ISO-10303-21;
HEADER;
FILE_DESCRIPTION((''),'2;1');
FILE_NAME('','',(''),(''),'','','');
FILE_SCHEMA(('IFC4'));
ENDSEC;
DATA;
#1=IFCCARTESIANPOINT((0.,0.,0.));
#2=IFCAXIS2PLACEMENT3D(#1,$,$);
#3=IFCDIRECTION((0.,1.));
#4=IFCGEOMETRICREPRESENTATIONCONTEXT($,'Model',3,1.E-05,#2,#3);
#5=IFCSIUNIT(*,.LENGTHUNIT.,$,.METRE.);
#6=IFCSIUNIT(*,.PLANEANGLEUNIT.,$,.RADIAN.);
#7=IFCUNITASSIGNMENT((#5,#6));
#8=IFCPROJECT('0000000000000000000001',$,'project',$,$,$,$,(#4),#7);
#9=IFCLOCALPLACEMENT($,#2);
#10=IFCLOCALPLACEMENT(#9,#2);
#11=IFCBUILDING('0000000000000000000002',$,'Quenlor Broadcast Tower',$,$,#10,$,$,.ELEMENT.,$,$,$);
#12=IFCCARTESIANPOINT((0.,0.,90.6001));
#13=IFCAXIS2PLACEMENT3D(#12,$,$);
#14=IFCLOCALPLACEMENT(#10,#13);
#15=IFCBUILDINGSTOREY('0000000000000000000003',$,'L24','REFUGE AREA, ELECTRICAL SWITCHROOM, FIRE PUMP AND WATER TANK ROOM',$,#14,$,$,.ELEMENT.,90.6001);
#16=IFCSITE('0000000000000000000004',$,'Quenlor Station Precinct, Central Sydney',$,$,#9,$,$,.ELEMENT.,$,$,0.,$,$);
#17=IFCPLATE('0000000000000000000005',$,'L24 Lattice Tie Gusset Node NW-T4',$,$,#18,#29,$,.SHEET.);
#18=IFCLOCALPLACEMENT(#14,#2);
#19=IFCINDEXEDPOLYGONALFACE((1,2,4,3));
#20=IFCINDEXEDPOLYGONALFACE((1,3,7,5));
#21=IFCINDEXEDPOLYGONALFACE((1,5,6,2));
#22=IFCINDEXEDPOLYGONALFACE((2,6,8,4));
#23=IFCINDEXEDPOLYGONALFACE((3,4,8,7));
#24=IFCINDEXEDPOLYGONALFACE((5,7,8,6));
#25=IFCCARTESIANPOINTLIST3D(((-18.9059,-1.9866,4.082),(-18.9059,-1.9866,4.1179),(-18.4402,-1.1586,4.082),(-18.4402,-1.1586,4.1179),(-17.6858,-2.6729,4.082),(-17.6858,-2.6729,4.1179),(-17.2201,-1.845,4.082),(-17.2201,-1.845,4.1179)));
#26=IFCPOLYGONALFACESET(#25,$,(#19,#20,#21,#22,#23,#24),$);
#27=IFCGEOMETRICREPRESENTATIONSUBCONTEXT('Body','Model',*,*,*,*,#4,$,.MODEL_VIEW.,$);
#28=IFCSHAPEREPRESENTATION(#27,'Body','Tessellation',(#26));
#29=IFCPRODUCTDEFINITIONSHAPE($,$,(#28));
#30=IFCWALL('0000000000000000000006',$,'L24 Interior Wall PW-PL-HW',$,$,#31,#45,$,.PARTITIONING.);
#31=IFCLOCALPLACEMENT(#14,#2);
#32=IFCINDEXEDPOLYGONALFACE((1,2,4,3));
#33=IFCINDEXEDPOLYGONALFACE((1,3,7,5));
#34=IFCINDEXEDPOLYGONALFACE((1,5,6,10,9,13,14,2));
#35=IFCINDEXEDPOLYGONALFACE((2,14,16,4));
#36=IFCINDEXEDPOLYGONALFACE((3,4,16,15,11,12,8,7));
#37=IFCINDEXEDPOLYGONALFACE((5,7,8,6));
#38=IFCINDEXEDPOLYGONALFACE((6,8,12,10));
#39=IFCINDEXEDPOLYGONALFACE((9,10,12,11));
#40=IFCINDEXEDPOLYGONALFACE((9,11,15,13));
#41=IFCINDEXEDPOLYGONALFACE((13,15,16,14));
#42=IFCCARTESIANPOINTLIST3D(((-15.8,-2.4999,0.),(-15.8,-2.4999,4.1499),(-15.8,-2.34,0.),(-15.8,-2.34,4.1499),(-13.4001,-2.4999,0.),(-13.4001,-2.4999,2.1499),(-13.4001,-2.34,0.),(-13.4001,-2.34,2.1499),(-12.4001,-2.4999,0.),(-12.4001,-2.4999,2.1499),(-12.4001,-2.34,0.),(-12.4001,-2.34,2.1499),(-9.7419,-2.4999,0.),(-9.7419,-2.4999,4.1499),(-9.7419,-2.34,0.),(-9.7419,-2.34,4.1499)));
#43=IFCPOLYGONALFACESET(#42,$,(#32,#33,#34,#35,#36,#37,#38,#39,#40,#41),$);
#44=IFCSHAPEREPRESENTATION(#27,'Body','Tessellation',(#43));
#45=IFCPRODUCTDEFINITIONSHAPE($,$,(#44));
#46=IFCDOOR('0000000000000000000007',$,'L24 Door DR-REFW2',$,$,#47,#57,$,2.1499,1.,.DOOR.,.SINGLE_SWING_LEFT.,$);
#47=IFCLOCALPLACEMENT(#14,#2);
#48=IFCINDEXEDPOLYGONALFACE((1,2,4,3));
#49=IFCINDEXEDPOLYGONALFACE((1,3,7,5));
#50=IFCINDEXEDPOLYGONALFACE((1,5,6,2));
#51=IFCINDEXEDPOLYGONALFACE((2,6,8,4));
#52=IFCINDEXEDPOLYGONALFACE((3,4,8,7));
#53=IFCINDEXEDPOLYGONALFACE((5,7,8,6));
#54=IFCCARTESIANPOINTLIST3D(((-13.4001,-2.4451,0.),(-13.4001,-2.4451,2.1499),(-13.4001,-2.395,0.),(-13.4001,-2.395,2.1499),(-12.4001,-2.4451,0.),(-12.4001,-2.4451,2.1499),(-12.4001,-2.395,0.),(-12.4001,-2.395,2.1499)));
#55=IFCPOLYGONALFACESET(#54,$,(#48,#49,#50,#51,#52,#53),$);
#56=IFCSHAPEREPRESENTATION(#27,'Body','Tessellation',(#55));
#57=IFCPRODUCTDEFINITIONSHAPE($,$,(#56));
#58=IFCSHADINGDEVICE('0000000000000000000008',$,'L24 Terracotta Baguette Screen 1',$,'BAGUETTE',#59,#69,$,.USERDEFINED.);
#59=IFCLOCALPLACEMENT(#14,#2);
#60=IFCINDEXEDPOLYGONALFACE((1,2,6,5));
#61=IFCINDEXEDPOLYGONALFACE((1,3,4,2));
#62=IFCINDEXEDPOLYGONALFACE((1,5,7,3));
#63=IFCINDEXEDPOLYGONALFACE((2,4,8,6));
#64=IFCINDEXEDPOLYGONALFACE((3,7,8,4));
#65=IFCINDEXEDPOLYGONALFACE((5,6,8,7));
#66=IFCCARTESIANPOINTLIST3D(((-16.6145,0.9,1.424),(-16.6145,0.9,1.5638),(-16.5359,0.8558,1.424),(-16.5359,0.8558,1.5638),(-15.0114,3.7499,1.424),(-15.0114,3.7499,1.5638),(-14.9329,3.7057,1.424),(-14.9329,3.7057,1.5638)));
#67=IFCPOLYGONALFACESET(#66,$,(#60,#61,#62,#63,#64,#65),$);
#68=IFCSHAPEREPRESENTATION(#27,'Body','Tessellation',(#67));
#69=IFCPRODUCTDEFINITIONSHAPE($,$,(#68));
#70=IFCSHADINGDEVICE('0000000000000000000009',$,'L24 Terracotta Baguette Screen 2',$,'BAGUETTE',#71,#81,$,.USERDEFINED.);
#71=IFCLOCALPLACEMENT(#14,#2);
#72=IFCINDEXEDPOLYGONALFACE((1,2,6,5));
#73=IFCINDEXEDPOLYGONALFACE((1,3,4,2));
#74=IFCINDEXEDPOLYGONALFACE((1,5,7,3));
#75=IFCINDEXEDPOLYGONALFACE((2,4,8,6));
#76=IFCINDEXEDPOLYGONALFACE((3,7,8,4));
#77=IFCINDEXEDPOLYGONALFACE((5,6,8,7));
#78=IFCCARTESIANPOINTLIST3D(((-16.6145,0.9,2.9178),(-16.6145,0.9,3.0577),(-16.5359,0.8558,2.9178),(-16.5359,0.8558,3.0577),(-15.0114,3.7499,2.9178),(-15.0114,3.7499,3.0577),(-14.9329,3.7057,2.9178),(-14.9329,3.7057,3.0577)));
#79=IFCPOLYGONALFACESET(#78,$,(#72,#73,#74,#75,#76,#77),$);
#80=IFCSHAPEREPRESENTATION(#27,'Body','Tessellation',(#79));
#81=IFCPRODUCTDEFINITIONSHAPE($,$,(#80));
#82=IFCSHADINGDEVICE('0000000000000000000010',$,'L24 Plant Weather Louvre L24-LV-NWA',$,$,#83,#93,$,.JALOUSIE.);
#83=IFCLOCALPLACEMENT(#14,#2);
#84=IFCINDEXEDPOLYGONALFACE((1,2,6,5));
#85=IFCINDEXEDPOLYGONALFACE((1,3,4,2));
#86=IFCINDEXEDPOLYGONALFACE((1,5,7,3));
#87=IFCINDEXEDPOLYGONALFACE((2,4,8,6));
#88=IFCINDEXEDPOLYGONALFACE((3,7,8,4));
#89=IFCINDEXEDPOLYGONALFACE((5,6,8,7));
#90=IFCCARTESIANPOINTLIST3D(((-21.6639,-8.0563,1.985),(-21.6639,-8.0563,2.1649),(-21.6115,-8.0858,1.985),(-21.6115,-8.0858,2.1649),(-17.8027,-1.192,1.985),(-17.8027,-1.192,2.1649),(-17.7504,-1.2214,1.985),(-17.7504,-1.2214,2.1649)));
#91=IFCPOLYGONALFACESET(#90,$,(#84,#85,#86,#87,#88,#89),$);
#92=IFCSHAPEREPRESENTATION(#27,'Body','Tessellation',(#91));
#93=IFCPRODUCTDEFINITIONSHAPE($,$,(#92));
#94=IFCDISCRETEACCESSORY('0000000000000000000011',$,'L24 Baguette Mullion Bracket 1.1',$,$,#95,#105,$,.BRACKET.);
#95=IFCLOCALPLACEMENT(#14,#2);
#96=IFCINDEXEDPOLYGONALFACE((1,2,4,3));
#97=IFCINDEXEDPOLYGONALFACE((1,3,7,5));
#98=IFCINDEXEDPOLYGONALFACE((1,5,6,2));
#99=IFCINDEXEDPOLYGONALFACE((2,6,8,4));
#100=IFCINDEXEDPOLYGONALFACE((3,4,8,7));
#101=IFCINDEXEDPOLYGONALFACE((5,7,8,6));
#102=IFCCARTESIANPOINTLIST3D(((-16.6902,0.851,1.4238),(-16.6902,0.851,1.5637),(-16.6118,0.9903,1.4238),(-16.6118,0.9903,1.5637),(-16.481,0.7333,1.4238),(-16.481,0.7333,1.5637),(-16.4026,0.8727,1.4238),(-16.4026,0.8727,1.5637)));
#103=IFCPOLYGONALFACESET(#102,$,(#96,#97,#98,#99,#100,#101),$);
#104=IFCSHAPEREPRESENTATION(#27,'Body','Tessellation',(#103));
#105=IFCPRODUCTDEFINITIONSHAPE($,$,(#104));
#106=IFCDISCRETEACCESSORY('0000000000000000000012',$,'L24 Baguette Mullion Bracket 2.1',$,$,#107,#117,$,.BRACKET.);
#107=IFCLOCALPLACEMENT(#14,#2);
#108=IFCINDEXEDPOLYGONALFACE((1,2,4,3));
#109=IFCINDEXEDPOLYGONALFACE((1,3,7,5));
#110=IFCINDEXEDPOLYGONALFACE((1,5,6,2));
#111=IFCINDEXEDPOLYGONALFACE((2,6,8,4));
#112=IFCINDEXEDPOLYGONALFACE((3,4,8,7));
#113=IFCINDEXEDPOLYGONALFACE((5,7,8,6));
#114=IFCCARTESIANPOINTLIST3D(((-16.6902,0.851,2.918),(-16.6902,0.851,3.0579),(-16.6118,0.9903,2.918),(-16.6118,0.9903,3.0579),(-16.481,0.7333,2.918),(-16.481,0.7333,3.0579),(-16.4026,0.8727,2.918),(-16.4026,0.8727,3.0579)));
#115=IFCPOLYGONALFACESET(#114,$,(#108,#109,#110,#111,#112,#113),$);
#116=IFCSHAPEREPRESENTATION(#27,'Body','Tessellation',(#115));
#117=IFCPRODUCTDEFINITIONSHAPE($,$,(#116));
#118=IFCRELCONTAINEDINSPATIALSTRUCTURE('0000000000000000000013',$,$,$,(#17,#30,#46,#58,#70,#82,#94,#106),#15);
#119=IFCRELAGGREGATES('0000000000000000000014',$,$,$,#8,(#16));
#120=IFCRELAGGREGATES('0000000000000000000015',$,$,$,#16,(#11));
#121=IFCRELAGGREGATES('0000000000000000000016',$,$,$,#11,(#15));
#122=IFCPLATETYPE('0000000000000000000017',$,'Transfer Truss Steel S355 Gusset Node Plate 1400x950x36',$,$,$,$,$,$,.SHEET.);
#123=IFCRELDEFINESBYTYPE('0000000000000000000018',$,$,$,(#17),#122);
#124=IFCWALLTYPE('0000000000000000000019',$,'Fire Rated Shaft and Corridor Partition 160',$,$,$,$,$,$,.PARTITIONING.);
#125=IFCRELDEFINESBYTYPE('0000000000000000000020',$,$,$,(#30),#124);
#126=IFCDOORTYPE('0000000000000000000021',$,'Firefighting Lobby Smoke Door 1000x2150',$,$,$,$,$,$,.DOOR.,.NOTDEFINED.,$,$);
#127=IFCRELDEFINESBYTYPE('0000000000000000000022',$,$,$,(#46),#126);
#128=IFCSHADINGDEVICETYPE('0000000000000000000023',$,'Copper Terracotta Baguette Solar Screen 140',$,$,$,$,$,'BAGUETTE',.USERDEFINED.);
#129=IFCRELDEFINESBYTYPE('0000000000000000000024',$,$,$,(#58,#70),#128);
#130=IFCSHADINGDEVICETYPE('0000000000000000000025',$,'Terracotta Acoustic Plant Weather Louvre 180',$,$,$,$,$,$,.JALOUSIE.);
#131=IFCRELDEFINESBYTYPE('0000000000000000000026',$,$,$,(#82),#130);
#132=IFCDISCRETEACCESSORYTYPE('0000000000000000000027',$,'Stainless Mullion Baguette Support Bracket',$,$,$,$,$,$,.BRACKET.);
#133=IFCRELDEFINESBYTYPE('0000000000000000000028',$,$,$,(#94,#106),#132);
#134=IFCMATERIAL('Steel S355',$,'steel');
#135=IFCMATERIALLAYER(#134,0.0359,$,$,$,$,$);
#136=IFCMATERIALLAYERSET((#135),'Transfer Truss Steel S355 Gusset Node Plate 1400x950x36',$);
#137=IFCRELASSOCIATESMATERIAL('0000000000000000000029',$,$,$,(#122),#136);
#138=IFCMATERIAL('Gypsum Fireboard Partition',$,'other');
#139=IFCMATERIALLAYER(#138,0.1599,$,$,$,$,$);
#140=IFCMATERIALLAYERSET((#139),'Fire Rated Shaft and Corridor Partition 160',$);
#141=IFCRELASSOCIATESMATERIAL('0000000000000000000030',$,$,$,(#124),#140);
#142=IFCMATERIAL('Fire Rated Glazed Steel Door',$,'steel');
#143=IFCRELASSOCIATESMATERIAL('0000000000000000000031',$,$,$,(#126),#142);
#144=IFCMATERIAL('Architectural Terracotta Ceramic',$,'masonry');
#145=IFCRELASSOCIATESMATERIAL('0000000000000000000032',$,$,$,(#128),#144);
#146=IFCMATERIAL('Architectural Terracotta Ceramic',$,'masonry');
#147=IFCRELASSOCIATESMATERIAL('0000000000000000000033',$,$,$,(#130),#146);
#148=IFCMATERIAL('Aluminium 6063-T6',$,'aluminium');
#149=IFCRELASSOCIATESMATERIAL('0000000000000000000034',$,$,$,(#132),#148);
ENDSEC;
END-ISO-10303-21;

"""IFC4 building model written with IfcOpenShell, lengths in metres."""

from ifc_helpers import new_model, si_unit, direction, frame, frame_2d, origin, origin_2d, place, context, subcontext, project, spatial, rectangle, extrude, material, layer, layer_set, material_profile, profile_set, type_object, element, fill, save


model = new_model("IFC4")

# Units and contexts
model_context = context("Model", 3, precision=1e-05, world=origin(), true_north=direction((0.0, 1.0)))
body_context = subcontext(model_context, "Body", "Model", "MODEL_VIEW")
ifc_project = project(units=[si_unit("LENGTHUNIT", "METRE"), si_unit("PLANEANGLEUNIT", "RADIAN")], contexts=[model_context])

# Site, building, storey
site_placement = place(None, origin())
site = spatial("IfcSite", under=ifc_project, at=site_placement, Name="Quenlor Station Precinct, Central Sydney", CompositionType="ELEMENT", RefElevation=0.0)
building_placement = place(site_placement, origin())
building = spatial("IfcBuilding", under=site, at=building_placement, Name="Quenlor Broadcast Tower", CompositionType="ELEMENT")
storey_placement = place(building_placement, frame((0.0, 0.0, 90.6001)))
storey = spatial("IfcBuildingStorey", under=building, at=storey_placement, Name="L24", Description="REFUGE AREA, ELECTRICAL SWITCHROOM, FIRE PUMP AND WATER TANK ROOM", CompositionType="ELEMENT", Elevation=90.6001)

# Plate
ifc_material_1 = material(Name="Steel S355", Category="steel")
ifc_layer_1 = layer(ifc_material_1, 0.0359)
ifc_layer_set_1 = layer_set([ifc_layer_1], Name="Transfer Truss Steel S355 Gusset Node Plate 1400x950x36")
plate_type_1 = type_object("IfcPlateType", Name="Transfer Truss Steel S355 Gusset Node Plate 1400x950x36", PredefinedType="SHEET", material=ifc_layer_set_1)
for number, where, z_axis, x_axis, name in (
    (1, (-18.063, -1.9158, 4.082), (0.0, 0.0, 1.0), (-0.871556, 0.490295, 0.0), "L24 Lattice Tie Gusset Node NW-T4"),
):
    element("IfcPlate", number, at=place(storey_placement, frame(where, z_axis=z_axis, x_axis=x_axis)), inside=storey, type_object=plate_type_1, Name=name, PredefinedType="SHEET", context=body_context, shape_type="SweptSolid", body=[
        extrude(rectangle(XDim=1.3999, YDim=0.95, at=origin_2d()), origin(), (0.0, 0.0, 1.0), 0.0359),
    ])

# Wall, opening, door
ifc_material_2 = material(Name="Gypsum Fireboard Partition", Category="other")
ifc_layer_2 = layer(ifc_material_2, 0.1599)
ifc_layer_set_2 = layer_set([ifc_layer_2], Name="Fire Rated Shaft and Corridor Partition 160")
wall_type = type_object("IfcWallType", Name="Fire Rated Shaft and Corridor Partition 160", PredefinedType="PARTITIONING", material=ifc_layer_set_2)
wall_1_placement = place(storey_placement, frame((-15.8, -2.4199, 0.0), z_axis=(0.0, 0.0, 1.0), x_axis=(1.0, 0.0, 0.0)))
wall_1 = element("IfcWall", 2, at=wall_1_placement, inside=storey, type_object=wall_type, Name="L24 Interior Wall PW-PL-HW", PredefinedType="PARTITIONING", context=body_context, shape_type="SweptSolid", body=[
    extrude(rectangle(XDim=6.0581, YDim=0.1599, at=frame_2d((3.0291, 0.0))), origin(), (0.0, 0.0, 1.0), 4.1499),
])
opening_1_placement = place(wall_1_placement, frame((2.3999, 0.0, 0.0)))
opening_1 = element("IfcOpeningElement", 3, at=opening_1_placement, cuts=wall_1, PredefinedType="OPENING", context=body_context, shape_type="SweptSolid", body=[
    extrude(rectangle(XDim=1.0, YDim=2.1499, at=frame_2d((0.5, 1.075))), frame((0.0, 0.0898, 0.0), z_axis=(0.0, -1.0, 0.0), x_axis=(1.0, 0.0, 0.0)), (0.0, 0.0, 1.0), 0.1799),
])
ifc_material_3 = material(Name="Fire Rated Glazed Steel Door", Category="steel")
door_type = type_object("IfcDoorType", Name="Firefighting Lobby Smoke Door 1000x2150", OperationType="NOTDEFINED", PredefinedType="DOOR", material=ifc_material_3)
door_1_placement = place(opening_1_placement, origin())
door_1 = element("IfcDoor", 4, at=door_1_placement, inside=storey, type_object=door_type, Name="L24 Door DR-REFW2", OperationType="SINGLE_SWING_LEFT", OverallHeight=2.1499, OverallWidth=1.0, PredefinedType="DOOR", context=body_context, shape_type="SweptSolid", body=[
    extrude(rectangle(XDim=1.0, YDim=2.1499, at=frame_2d((0.5, 1.075))), frame((0.0, 0.0249, 0.0), z_axis=(0.0, -1.0, 0.0), x_axis=(1.0, 0.0, 0.0)), (0.0, 0.0, 1.0), 0.05),
])
fill(opening_1, door_1)

# Shading devices
ifc_material_4 = material(Name="Architectural Terracotta Ceramic", Category="masonry")
ifc_material_profile_1 = material_profile(ifc_material_4, rectangle(XDim=0.0901, YDim=0.1399, at=origin_2d()))
ifc_profile_set_1 = profile_set([ifc_material_profile_1], Name="Architectural Terracotta Ceramic BAG90x140")
shading_device_type_1 = type_object("IfcShadingDeviceType", Name="Copper Terracotta Baguette Solar Screen 140", ElementType="BAGUETTE", PredefinedType="USERDEFINED", material=ifc_profile_set_1)
for number, where, z_axis, x_axis, name in (
    (5, (-16.5752, 0.8779, 1.4939), (0.490258, 0.871578, 0.0), (-0.871578, 0.490258, 0.0), "L24 Terracotta Baguette Screen 1"),
    (6, (-16.5752, 0.8779, 2.9878), (0.490258, 0.871578, 0.0), (-0.871578, 0.490258, 0.0), "L24 Terracotta Baguette Screen 2"),
):
    element("IfcShadingDevice", number, at=place(storey_placement, frame(where, z_axis=z_axis, x_axis=x_axis)), inside=storey, type_object=shading_device_type_1, Name=name, ObjectType="BAGUETTE", PredefinedType="USERDEFINED", context=body_context, shape_type="SweptSolid", body=[
        extrude(rectangle(XDim=0.0901, YDim=0.1399, at=origin_2d()), origin(), (0.0, 0.0, 1.0), 3.2698),
    ])
ifc_material_5 = material(Name="Architectural Terracotta Ceramic", Category="masonry")
ifc_material_profile_2 = material_profile(ifc_material_5, rectangle(XDim=0.0601, YDim=0.1799, at=origin_2d()))
ifc_profile_set_2 = profile_set([ifc_material_profile_2], Name="Architectural Terracotta Ceramic LVR60x180")
shading_device_type_2 = type_object("IfcShadingDeviceType", Name="Terracotta Acoustic Plant Weather Louvre 180", PredefinedType="JALOUSIE", material=ifc_profile_set_2)
shading_device_placement = place(storey_placement, frame((-21.6377, -8.071, 2.075), z_axis=(0.490255, 0.871579, 0.0), x_axis=(-0.871579, 0.490255, 0.0)))
element("IfcShadingDevice", 7, at=shading_device_placement, inside=storey, type_object=shading_device_type_2, Name="L24 Plant Weather Louvre L24-LV-NWA", PredefinedType="JALOUSIE", context=body_context, shape_type="SweptSolid", body=[
    extrude(rectangle(XDim=0.0601, YDim=0.1799, at=origin_2d()), origin(), (0.0, 0.0, 1.0), 7.8757),
])

# Discrete accessories
ifc_material_6 = material(Name="Aluminium 6063-T6", Category="aluminium")
discrete_accessory_type = type_object("IfcDiscreteAccessoryType", Name="Stainless Mullion Baguette Support Bracket", PredefinedType="BRACKET", material=ifc_material_6)
for number, where, z_axis, x_axis, name in (
    (8, (-16.5464, 0.8618, 1.4238), (0.0, 0.0, 1.0), (0.490259, 0.871577, 0.0), "L24 Baguette Mullion Bracket 1.1"),
    (9, (-16.5464, 0.8618, 2.918), (0.0, 0.0, 1.0), (0.490259, 0.871577, 0.0), "L24 Baguette Mullion Bracket 2.1"),
):
    element("IfcDiscreteAccessory", number, at=place(storey_placement, frame(where, z_axis=z_axis, x_axis=x_axis)), inside=storey, type_object=discrete_accessory_type, Name=name, PredefinedType="BRACKET", context=body_context, shape_type="SweptSolid", body=[
        extrude(rectangle(XDim=0.1599, YDim=0.24, at=origin_2d()), origin(), (0.0, 0.0, 1.0), 0.1399),
    ])

save(model, "model.ifc")
